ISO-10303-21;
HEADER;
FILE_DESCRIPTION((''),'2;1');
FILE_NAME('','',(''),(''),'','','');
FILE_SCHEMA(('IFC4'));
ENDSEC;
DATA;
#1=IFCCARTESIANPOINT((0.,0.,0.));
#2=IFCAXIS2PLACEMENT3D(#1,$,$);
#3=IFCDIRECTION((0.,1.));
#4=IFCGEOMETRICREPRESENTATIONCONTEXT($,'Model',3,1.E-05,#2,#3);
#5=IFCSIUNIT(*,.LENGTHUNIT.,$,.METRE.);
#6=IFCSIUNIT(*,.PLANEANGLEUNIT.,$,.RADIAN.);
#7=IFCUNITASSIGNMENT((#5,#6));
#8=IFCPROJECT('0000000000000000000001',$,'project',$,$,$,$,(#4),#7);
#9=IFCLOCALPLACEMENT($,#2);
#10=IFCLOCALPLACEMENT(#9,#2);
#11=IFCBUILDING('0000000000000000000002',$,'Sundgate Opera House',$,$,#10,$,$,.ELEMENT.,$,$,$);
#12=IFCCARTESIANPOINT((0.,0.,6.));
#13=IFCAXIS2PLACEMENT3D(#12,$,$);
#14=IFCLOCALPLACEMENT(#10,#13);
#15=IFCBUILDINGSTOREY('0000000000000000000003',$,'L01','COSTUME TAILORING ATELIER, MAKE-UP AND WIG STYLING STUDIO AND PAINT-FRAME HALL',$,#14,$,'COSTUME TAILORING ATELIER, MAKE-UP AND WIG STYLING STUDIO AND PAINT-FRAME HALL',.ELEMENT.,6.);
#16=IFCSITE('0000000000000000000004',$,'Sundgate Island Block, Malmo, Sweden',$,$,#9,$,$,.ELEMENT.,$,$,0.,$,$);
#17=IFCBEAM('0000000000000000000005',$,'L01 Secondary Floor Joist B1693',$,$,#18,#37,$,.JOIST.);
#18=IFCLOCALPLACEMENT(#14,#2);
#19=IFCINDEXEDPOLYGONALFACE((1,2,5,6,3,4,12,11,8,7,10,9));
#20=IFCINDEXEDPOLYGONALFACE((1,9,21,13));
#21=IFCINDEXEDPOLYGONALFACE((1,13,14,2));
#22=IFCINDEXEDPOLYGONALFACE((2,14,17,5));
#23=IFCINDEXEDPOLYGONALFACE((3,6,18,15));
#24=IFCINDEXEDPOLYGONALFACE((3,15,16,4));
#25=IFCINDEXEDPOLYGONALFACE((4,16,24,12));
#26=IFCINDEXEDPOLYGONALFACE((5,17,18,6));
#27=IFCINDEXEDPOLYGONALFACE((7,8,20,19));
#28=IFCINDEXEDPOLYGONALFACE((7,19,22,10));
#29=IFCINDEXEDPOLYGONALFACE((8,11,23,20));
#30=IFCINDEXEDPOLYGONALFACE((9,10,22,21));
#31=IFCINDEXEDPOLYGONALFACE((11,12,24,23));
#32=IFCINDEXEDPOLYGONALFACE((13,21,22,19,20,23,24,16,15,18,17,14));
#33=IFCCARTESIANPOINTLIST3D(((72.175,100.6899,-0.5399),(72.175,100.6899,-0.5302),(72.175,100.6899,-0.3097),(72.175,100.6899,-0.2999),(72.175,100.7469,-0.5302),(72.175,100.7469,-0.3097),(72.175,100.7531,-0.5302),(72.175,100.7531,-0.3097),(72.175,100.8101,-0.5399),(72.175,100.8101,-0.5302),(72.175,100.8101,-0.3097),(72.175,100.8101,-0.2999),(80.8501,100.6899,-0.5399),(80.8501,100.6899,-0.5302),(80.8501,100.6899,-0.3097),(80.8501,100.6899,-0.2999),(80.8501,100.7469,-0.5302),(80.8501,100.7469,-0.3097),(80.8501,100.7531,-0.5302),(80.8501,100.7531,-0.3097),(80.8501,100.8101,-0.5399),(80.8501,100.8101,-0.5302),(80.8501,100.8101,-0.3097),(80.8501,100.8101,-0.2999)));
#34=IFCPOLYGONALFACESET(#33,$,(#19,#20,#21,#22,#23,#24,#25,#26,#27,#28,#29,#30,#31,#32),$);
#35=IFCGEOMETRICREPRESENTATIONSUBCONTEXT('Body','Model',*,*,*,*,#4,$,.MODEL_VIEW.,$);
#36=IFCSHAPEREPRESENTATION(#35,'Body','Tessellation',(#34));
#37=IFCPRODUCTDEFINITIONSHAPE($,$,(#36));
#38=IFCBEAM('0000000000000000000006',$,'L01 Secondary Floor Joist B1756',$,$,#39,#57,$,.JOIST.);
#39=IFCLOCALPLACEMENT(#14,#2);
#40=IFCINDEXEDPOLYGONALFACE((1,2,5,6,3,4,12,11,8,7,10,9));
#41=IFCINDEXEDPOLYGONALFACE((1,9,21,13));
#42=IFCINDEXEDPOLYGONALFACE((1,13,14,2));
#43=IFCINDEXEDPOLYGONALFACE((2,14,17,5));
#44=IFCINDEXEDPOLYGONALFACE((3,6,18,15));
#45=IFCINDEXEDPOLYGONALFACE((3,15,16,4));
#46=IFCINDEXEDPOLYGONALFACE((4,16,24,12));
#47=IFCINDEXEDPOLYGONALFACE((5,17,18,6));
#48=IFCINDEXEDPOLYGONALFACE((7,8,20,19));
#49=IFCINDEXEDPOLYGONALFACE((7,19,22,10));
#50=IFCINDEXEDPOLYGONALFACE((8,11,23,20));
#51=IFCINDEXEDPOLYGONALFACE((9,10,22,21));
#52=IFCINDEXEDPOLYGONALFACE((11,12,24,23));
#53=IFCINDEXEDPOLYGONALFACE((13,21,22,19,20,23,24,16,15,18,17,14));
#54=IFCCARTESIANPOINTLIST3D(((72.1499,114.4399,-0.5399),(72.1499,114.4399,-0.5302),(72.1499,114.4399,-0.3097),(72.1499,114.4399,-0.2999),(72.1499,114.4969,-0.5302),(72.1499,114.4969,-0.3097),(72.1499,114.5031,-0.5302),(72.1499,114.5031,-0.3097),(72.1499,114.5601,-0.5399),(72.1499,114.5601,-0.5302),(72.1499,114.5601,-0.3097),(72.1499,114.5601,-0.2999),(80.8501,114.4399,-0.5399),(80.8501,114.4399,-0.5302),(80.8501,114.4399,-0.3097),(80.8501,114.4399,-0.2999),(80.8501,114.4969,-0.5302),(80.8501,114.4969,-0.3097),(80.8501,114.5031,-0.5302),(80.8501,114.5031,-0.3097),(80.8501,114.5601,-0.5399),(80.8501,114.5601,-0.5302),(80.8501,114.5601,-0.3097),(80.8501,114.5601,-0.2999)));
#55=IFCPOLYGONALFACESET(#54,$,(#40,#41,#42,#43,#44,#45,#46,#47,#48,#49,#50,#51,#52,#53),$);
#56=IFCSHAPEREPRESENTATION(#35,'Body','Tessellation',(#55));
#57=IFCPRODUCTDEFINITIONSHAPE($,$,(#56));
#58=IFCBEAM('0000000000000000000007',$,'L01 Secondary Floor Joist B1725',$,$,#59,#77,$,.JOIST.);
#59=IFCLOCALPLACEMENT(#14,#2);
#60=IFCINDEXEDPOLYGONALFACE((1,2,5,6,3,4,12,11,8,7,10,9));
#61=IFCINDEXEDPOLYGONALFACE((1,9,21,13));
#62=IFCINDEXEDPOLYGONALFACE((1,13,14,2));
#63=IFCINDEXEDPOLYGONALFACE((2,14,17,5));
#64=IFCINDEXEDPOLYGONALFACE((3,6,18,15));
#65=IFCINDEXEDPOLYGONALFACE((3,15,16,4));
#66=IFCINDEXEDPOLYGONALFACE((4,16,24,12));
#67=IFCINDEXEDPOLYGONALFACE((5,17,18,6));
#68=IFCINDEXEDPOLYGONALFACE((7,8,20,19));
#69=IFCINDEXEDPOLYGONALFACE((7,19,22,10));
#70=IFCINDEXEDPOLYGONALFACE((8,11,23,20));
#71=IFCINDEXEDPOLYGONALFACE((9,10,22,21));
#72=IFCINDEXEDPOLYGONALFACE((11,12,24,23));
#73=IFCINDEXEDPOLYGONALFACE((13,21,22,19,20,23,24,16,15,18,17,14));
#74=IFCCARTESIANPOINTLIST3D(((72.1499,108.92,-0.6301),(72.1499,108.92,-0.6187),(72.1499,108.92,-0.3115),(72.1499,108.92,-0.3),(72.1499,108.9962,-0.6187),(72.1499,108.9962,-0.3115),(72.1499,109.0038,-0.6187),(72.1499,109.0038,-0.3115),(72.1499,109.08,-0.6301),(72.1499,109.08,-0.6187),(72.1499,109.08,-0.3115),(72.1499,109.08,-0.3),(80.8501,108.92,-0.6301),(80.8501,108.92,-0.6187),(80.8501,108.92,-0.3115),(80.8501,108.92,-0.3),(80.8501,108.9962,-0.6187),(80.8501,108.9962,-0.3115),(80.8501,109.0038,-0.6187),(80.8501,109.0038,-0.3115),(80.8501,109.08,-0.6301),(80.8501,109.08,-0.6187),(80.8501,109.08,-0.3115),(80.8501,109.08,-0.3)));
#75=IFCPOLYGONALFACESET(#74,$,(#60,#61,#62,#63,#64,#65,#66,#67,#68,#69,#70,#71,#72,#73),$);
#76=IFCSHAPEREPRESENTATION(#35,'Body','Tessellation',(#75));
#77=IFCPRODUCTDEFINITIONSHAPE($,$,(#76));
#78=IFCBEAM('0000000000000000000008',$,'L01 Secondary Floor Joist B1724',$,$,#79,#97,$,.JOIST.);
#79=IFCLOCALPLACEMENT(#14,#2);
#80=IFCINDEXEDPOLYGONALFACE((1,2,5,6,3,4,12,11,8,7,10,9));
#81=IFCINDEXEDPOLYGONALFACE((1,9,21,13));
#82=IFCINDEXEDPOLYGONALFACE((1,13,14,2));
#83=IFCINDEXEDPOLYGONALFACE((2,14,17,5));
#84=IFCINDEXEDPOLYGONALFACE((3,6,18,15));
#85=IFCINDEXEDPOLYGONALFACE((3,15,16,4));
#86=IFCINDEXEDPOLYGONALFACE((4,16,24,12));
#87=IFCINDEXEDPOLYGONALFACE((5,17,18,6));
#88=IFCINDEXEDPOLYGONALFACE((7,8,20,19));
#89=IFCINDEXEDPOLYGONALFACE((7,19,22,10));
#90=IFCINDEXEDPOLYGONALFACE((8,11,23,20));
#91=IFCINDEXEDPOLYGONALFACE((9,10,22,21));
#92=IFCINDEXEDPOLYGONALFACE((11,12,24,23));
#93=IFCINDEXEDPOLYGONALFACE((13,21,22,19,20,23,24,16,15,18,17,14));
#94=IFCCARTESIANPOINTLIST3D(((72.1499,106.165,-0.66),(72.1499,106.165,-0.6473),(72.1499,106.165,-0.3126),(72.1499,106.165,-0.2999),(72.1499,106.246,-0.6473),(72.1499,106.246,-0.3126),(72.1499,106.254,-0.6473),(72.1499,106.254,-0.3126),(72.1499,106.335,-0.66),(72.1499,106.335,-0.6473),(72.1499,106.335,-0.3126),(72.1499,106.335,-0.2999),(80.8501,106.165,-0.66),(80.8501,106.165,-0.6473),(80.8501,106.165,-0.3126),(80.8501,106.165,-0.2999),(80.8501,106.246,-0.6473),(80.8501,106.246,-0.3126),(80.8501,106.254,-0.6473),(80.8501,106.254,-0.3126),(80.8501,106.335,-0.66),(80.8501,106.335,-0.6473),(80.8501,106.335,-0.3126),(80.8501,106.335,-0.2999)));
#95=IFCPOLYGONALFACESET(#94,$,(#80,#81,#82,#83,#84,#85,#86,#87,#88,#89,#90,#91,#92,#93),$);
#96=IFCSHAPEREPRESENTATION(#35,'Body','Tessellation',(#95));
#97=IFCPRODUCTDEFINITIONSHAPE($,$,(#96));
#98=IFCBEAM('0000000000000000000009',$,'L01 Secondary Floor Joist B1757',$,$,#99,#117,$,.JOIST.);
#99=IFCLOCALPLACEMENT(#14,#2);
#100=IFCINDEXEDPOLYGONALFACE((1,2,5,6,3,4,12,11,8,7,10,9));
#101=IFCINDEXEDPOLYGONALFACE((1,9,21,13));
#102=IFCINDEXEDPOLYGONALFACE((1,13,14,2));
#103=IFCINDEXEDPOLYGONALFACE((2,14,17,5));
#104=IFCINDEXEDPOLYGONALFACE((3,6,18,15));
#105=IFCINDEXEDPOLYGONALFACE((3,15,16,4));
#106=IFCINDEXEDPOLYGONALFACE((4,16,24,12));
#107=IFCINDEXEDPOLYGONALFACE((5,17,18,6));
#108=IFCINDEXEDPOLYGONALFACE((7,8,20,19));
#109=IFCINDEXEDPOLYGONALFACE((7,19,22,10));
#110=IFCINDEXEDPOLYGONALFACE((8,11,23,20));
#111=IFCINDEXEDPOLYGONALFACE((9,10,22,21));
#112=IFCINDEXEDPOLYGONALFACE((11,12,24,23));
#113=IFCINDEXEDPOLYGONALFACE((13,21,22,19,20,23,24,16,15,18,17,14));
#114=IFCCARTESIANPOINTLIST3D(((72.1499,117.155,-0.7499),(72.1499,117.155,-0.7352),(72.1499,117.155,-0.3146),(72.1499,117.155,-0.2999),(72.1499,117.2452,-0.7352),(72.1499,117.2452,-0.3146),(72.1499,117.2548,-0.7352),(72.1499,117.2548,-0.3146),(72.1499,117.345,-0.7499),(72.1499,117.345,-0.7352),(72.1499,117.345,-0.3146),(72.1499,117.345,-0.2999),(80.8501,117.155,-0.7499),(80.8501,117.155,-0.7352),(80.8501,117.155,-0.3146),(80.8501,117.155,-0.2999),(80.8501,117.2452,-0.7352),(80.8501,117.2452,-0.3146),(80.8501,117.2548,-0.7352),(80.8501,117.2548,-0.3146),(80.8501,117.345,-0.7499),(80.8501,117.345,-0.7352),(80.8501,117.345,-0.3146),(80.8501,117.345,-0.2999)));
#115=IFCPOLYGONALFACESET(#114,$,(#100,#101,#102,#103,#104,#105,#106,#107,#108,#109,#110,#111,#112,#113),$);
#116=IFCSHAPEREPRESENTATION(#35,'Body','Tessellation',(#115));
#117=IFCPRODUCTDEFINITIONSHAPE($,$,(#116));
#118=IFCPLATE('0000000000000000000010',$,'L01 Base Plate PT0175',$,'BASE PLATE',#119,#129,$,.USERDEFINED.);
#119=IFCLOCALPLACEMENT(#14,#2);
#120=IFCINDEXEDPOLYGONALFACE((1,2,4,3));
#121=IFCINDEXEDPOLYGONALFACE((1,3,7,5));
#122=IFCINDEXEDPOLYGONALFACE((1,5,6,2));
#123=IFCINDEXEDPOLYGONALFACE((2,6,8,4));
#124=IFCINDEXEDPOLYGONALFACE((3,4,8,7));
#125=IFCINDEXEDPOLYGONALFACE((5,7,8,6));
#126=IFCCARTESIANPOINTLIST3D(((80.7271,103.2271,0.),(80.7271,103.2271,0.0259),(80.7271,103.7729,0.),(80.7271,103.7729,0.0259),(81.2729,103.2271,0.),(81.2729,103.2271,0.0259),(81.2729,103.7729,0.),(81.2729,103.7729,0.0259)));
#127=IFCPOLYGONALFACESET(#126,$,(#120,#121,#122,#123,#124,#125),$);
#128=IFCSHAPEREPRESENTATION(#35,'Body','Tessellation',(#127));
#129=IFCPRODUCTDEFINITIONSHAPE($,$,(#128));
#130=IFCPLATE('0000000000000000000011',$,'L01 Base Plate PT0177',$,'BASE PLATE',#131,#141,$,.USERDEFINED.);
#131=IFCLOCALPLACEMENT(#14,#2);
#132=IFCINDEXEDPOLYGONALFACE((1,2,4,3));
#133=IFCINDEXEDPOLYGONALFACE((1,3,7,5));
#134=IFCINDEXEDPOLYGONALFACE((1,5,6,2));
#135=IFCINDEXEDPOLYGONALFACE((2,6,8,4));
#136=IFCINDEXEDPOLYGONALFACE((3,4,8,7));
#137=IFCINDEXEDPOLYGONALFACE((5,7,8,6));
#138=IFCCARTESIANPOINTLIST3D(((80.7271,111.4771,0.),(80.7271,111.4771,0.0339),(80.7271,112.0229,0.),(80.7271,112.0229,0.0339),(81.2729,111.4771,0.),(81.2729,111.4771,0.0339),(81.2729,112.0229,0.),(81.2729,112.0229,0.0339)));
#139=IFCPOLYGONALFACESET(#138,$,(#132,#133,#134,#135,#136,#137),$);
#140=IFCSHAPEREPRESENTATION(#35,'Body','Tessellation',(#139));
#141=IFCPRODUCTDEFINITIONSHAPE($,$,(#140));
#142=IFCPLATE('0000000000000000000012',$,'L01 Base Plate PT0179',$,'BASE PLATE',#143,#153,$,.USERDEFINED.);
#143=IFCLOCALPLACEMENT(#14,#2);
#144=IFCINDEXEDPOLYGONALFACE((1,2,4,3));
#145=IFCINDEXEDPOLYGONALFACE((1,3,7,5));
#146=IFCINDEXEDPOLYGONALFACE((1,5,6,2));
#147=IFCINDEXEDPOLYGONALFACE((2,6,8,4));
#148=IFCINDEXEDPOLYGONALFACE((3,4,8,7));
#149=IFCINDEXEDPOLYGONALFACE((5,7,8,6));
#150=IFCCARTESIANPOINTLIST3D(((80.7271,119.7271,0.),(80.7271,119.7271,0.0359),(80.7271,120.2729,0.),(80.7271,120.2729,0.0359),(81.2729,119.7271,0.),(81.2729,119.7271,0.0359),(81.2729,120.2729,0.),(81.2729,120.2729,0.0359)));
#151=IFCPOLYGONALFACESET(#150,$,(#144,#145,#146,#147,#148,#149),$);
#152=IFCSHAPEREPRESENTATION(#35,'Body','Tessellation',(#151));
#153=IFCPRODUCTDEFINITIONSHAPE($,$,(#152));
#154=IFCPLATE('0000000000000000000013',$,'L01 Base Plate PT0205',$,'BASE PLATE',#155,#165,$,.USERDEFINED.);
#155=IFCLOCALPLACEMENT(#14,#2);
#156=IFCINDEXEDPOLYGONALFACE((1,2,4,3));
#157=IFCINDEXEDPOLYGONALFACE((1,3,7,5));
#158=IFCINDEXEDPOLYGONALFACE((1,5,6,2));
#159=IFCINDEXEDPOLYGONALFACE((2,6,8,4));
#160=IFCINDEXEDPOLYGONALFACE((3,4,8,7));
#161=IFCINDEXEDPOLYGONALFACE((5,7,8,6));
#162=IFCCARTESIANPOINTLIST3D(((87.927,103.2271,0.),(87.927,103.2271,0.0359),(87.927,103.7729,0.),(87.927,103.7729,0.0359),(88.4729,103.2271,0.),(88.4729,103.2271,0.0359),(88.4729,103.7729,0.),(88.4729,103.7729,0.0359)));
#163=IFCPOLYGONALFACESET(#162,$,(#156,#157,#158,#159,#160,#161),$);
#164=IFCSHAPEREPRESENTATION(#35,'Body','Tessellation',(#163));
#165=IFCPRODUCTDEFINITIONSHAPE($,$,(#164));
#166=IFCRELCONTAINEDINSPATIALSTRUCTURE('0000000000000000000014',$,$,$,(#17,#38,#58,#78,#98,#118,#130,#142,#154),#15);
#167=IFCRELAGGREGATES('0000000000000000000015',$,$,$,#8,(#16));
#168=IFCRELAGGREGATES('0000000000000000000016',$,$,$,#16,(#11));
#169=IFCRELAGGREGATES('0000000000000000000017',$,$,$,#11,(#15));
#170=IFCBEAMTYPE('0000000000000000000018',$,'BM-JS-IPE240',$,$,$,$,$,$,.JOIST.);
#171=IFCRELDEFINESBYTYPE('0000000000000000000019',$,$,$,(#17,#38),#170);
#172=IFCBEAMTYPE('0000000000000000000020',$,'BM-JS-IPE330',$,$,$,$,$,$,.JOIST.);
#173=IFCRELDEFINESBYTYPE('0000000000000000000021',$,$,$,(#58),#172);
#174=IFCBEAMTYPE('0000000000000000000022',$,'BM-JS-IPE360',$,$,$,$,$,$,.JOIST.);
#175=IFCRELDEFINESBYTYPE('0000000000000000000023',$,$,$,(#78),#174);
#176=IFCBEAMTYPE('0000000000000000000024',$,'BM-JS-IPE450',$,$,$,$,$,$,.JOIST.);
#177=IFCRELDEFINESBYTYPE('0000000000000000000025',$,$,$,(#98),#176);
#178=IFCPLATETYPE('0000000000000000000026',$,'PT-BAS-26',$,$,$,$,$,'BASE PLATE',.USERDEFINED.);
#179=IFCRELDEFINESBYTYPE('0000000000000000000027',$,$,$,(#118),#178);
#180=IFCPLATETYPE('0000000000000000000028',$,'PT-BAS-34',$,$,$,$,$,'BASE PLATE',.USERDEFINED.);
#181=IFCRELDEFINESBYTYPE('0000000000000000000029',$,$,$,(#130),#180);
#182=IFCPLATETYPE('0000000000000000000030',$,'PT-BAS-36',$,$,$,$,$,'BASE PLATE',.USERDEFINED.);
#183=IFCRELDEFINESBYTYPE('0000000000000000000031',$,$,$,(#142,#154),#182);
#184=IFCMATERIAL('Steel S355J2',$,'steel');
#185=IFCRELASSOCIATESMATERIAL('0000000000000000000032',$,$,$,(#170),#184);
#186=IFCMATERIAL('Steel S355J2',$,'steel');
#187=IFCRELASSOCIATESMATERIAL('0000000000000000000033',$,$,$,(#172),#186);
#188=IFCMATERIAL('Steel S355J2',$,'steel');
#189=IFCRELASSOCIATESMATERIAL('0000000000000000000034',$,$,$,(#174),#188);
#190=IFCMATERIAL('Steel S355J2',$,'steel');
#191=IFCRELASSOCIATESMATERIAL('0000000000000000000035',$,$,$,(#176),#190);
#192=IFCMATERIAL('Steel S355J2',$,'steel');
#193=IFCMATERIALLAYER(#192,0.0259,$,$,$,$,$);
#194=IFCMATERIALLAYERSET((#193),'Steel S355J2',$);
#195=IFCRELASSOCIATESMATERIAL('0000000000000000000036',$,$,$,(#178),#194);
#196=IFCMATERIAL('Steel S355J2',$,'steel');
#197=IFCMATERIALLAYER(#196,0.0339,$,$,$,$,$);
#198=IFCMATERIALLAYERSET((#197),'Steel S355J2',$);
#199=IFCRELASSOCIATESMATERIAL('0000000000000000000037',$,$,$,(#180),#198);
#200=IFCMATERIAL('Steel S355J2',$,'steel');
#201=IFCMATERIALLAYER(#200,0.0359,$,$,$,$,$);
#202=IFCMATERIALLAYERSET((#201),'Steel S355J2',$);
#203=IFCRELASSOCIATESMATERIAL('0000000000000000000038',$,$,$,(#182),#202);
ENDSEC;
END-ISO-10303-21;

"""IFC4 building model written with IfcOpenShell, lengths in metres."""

from ifc_helpers import new_model, si_unit, direction, frame, origin, origin_2d, place, context, subcontext, project, spatial, rectangle, i_section, extrude, material, layer, layer_set, material_profile, profile_set, type_object, element, save


model = new_model("IFC4")

# Units and contexts
model_context = context("Model", 3, precision=1e-05, world=origin(), true_north=direction((0.0, 1.0)))
body_context = subcontext(model_context, "Body", "Model", "MODEL_VIEW")
ifc_project = project(units=[si_unit("LENGTHUNIT", "METRE"), si_unit("PLANEANGLEUNIT", "RADIAN")], contexts=[model_context])

# Site, building, storey
site_placement = place(None, origin())
site = spatial("IfcSite", under=ifc_project, at=site_placement, Name="Sundgate Island Block, Malmo, Sweden", CompositionType="ELEMENT", RefElevation=0.0)
building_placement = place(site_placement, origin())
building = spatial("IfcBuilding", under=site, at=building_placement, Name="Sundgate Opera House", CompositionType="ELEMENT")
storey_placement = place(building_placement, frame((0.0, 0.0, 6.0)))
storey = spatial("IfcBuildingStorey", under=building, at=storey_placement, Name="L01", Description="COSTUME TAILORING ATELIER, MAKE-UP AND WIG STYLING STUDIO AND PAINT-FRAME HALL", LongName="COSTUME TAILORING ATELIER, MAKE-UP AND WIG STYLING STUDIO AND PAINT-FRAME HALL", CompositionType="ELEMENT", Elevation=6.0)

# Beams
ifc_material_1 = material(Name="Steel S355J2", Category="steel")
ifc_material_profile_1 = material_profile(ifc_material_1, i_section(OverallWidth=0.1201, OverallDepth=0.24, WebThickness=0.0061, FlangeThickness=0.0098, at=origin_2d()), Name="IPE 240")
ifc_profile_set_1 = profile_set([ifc_material_profile_1], Name="Steel S355J2")
beam_type_1 = type_object("IfcBeamType", Name="BM-JS-IPE240", PredefinedType="JOIST", material=ifc_profile_set_1)
beam_1_placement = place(storey_placement, frame((72.175, 100.75, -0.4199), z_axis=(1.0, 0.0, 0.0), x_axis=(0.0, 1.0, 0.0)))
element("IfcBeam", 1, at=beam_1_placement, inside=storey, type_object=beam_type_1, Name="L01 Secondary Floor Joist B1693", PredefinedType="JOIST", context=body_context, shape_type="SweptSolid", body=[
    extrude(i_section(OverallWidth=0.1201, OverallDepth=0.24, WebThickness=0.0061, FlangeThickness=0.0098, at=origin_2d()), origin(), (0.0, 0.0, 1.0), 8.675),
])
beam_2_placement = place(storey_placement, frame((72.1499, 114.5, -0.4199), z_axis=(1.0, 0.0, 0.0), x_axis=(0.0, 1.0, 0.0)))
element("IfcBeam", 2, at=beam_2_placement, inside=storey, type_object=beam_type_1, Name="L01 Secondary Floor Joist B1756", PredefinedType="JOIST", context=body_context, shape_type="SweptSolid", body=[
    extrude(i_section(OverallWidth=0.1201, OverallDepth=0.24, WebThickness=0.0061, FlangeThickness=0.0098, at=origin_2d()), origin(), (0.0, 0.0, 1.0), 8.7002),
])
ifc_material_2 = material(Name="Steel S355J2", Category="steel")
ifc_material_profile_2 = material_profile(ifc_material_2, i_section(OverallWidth=0.1599, OverallDepth=0.3301, WebThickness=0.0076, FlangeThickness=0.0115, at=origin_2d()), Name="IPE 330")
ifc_profile_set_2 = profile_set([ifc_material_profile_2], Name="Steel S355J2")
beam_type_2 = type_object("IfcBeamType", Name="BM-JS-IPE330", PredefinedType="JOIST", material=ifc_profile_set_2)
beam_3_placement = place(storey_placement, frame((72.1499, 109.0, -0.4651), z_axis=(1.0, 0.0, 0.0), x_axis=(0.0, 1.0, 0.0)))
element("IfcBeam", 3, at=beam_3_placement, inside=storey, type_object=beam_type_2, Name="L01 Secondary Floor Joist B1725", PredefinedType="JOIST", context=body_context, shape_type="SweptSolid", body=[
    extrude(i_section(OverallWidth=0.1599, OverallDepth=0.3301, WebThickness=0.0076, FlangeThickness=0.0115, at=origin_2d()), origin(), (0.0, 0.0, 1.0), 8.7002),
])
ifc_material_3 = material(Name="Steel S355J2", Category="steel")
ifc_material_profile_3 = material_profile(ifc_material_3, i_section(OverallWidth=0.1699, OverallDepth=0.3601, WebThickness=0.0081, FlangeThickness=0.0127, at=origin_2d()), Name="IPE 360")
ifc_profile_set_3 = profile_set([ifc_material_profile_3], Name="Steel S355J2")
beam_type_3 = type_object("IfcBeamType", Name="BM-JS-IPE360", PredefinedType="JOIST", material=ifc_profile_set_3)
beam_4_placement = place(storey_placement, frame((72.1499, 106.25, -0.48), z_axis=(1.0, 0.0, 0.0), x_axis=(0.0, 1.0, 0.0)))
element("IfcBeam", 4, at=beam_4_placement, inside=storey, type_object=beam_type_3, Name="L01 Secondary Floor Joist B1724", PredefinedType="JOIST", context=body_context, shape_type="SweptSolid", body=[
    extrude(i_section(OverallWidth=0.1699, OverallDepth=0.3601, WebThickness=0.0081, FlangeThickness=0.0127, at=origin_2d()), origin(), (0.0, 0.0, 1.0), 8.7002),
])
ifc_material_4 = material(Name="Steel S355J2", Category="steel")
ifc_material_profile_4 = material_profile(ifc_material_4, i_section(OverallWidth=0.1899, OverallDepth=0.45, WebThickness=0.0095, FlangeThickness=0.0146, at=origin_2d()), Name="IPE 450")
ifc_profile_set_4 = profile_set([ifc_material_profile_4], Name="Steel S355J2")
beam_type_4 = type_object("IfcBeamType", Name="BM-JS-IPE450", PredefinedType="JOIST", material=ifc_profile_set_4)
beam_5_placement = place(storey_placement, frame((72.1499, 117.25, -0.5249), z_axis=(1.0, 0.0, 0.0), x_axis=(0.0, 1.0, 0.0)))
element("IfcBeam", 5, at=beam_5_placement, inside=storey, type_object=beam_type_4, Name="L01 Secondary Floor Joist B1757", PredefinedType="JOIST", context=body_context, shape_type="SweptSolid", body=[
    extrude(i_section(OverallWidth=0.1899, OverallDepth=0.45, WebThickness=0.0095, FlangeThickness=0.0146, at=origin_2d()), origin(), (0.0, 0.0, 1.0), 8.7002),
])

# Plates
ifc_material_5 = material(Name="Steel S355J2", Category="steel")
ifc_layer_1 = layer(ifc_material_5, 0.0259)
ifc_layer_set_1 = layer_set([ifc_layer_1], Name="Steel S355J2")
plate_type_1 = type_object("IfcPlateType", Name="PT-BAS-26", ElementType="BASE PLATE", PredefinedType="USERDEFINED", material=ifc_layer_set_1)
plate_1_placement = place(storey_placement, frame((81.0, 103.5, 0.0), z_axis=(0.0, 0.0, 1.0), x_axis=(1.0, 0.0, 0.0)))
element("IfcPlate", 6, at=plate_1_placement, inside=storey, type_object=plate_type_1, Name="L01 Base Plate PT0175", ObjectType="BASE PLATE", PredefinedType="USERDEFINED", context=body_context, shape_type="SweptSolid", body=[
    extrude(rectangle(XDim=0.5459, YDim=0.5459, at=origin_2d()), origin(), (0.0, 0.0, 1.0), 0.0259),
])
ifc_material_6 = material(Name="Steel S355J2", Category="steel")
ifc_layer_2 = layer(ifc_material_6, 0.0339)
ifc_layer_set_2 = layer_set([ifc_layer_2], Name="Steel S355J2")
plate_type_2 = type_object("IfcPlateType", Name="PT-BAS-34", ElementType="BASE PLATE", PredefinedType="USERDEFINED", material=ifc_layer_set_2)
plate_2_placement = place(storey_placement, frame((81.0, 111.75, 0.0), z_axis=(0.0, 0.0, 1.0), x_axis=(1.0, 0.0, 0.0)))
element("IfcPlate", 7, at=plate_2_placement, inside=storey, type_object=plate_type_2, Name="L01 Base Plate PT0177", ObjectType="BASE PLATE", PredefinedType="USERDEFINED", context=body_context, shape_type="SweptSolid", body=[
    extrude(rectangle(XDim=0.5459, YDim=0.5459, at=origin_2d()), origin(), (0.0, 0.0, 1.0), 0.0339),
])
ifc_material_7 = material(Name="Steel S355J2", Category="steel")
ifc_layer_3 = layer(ifc_material_7, 0.0359)
ifc_layer_set_3 = layer_set([ifc_layer_3], Name="Steel S355J2")
plate_type_3 = type_object("IfcPlateType", Name="PT-BAS-36", ElementType="BASE PLATE", PredefinedType="USERDEFINED", material=ifc_layer_set_3)
for number, where, z_axis, x_axis, name in (
    (8, (81.0, 120.0, 0.0), (0.0, 0.0, 1.0), (1.0, 0.0, 0.0), "L01 Base Plate PT0179"),
    (9, (88.2, 103.5, 0.0), (0.0, 0.0, 1.0), (1.0, 0.0, 0.0), "L01 Base Plate PT0205"),
):
    element("IfcPlate", number, at=place(storey_placement, frame(where, z_axis=z_axis, x_axis=x_axis)), inside=storey, type_object=plate_type_3, Name=name, ObjectType="BASE PLATE", PredefinedType="USERDEFINED", context=body_context, shape_type="SweptSolid", body=[
        extrude(rectangle(XDim=0.5459, YDim=0.5459, at=origin_2d()), origin(), (0.0, 0.0, 1.0), 0.0359),
    ])

save(model, "model.ifc")
